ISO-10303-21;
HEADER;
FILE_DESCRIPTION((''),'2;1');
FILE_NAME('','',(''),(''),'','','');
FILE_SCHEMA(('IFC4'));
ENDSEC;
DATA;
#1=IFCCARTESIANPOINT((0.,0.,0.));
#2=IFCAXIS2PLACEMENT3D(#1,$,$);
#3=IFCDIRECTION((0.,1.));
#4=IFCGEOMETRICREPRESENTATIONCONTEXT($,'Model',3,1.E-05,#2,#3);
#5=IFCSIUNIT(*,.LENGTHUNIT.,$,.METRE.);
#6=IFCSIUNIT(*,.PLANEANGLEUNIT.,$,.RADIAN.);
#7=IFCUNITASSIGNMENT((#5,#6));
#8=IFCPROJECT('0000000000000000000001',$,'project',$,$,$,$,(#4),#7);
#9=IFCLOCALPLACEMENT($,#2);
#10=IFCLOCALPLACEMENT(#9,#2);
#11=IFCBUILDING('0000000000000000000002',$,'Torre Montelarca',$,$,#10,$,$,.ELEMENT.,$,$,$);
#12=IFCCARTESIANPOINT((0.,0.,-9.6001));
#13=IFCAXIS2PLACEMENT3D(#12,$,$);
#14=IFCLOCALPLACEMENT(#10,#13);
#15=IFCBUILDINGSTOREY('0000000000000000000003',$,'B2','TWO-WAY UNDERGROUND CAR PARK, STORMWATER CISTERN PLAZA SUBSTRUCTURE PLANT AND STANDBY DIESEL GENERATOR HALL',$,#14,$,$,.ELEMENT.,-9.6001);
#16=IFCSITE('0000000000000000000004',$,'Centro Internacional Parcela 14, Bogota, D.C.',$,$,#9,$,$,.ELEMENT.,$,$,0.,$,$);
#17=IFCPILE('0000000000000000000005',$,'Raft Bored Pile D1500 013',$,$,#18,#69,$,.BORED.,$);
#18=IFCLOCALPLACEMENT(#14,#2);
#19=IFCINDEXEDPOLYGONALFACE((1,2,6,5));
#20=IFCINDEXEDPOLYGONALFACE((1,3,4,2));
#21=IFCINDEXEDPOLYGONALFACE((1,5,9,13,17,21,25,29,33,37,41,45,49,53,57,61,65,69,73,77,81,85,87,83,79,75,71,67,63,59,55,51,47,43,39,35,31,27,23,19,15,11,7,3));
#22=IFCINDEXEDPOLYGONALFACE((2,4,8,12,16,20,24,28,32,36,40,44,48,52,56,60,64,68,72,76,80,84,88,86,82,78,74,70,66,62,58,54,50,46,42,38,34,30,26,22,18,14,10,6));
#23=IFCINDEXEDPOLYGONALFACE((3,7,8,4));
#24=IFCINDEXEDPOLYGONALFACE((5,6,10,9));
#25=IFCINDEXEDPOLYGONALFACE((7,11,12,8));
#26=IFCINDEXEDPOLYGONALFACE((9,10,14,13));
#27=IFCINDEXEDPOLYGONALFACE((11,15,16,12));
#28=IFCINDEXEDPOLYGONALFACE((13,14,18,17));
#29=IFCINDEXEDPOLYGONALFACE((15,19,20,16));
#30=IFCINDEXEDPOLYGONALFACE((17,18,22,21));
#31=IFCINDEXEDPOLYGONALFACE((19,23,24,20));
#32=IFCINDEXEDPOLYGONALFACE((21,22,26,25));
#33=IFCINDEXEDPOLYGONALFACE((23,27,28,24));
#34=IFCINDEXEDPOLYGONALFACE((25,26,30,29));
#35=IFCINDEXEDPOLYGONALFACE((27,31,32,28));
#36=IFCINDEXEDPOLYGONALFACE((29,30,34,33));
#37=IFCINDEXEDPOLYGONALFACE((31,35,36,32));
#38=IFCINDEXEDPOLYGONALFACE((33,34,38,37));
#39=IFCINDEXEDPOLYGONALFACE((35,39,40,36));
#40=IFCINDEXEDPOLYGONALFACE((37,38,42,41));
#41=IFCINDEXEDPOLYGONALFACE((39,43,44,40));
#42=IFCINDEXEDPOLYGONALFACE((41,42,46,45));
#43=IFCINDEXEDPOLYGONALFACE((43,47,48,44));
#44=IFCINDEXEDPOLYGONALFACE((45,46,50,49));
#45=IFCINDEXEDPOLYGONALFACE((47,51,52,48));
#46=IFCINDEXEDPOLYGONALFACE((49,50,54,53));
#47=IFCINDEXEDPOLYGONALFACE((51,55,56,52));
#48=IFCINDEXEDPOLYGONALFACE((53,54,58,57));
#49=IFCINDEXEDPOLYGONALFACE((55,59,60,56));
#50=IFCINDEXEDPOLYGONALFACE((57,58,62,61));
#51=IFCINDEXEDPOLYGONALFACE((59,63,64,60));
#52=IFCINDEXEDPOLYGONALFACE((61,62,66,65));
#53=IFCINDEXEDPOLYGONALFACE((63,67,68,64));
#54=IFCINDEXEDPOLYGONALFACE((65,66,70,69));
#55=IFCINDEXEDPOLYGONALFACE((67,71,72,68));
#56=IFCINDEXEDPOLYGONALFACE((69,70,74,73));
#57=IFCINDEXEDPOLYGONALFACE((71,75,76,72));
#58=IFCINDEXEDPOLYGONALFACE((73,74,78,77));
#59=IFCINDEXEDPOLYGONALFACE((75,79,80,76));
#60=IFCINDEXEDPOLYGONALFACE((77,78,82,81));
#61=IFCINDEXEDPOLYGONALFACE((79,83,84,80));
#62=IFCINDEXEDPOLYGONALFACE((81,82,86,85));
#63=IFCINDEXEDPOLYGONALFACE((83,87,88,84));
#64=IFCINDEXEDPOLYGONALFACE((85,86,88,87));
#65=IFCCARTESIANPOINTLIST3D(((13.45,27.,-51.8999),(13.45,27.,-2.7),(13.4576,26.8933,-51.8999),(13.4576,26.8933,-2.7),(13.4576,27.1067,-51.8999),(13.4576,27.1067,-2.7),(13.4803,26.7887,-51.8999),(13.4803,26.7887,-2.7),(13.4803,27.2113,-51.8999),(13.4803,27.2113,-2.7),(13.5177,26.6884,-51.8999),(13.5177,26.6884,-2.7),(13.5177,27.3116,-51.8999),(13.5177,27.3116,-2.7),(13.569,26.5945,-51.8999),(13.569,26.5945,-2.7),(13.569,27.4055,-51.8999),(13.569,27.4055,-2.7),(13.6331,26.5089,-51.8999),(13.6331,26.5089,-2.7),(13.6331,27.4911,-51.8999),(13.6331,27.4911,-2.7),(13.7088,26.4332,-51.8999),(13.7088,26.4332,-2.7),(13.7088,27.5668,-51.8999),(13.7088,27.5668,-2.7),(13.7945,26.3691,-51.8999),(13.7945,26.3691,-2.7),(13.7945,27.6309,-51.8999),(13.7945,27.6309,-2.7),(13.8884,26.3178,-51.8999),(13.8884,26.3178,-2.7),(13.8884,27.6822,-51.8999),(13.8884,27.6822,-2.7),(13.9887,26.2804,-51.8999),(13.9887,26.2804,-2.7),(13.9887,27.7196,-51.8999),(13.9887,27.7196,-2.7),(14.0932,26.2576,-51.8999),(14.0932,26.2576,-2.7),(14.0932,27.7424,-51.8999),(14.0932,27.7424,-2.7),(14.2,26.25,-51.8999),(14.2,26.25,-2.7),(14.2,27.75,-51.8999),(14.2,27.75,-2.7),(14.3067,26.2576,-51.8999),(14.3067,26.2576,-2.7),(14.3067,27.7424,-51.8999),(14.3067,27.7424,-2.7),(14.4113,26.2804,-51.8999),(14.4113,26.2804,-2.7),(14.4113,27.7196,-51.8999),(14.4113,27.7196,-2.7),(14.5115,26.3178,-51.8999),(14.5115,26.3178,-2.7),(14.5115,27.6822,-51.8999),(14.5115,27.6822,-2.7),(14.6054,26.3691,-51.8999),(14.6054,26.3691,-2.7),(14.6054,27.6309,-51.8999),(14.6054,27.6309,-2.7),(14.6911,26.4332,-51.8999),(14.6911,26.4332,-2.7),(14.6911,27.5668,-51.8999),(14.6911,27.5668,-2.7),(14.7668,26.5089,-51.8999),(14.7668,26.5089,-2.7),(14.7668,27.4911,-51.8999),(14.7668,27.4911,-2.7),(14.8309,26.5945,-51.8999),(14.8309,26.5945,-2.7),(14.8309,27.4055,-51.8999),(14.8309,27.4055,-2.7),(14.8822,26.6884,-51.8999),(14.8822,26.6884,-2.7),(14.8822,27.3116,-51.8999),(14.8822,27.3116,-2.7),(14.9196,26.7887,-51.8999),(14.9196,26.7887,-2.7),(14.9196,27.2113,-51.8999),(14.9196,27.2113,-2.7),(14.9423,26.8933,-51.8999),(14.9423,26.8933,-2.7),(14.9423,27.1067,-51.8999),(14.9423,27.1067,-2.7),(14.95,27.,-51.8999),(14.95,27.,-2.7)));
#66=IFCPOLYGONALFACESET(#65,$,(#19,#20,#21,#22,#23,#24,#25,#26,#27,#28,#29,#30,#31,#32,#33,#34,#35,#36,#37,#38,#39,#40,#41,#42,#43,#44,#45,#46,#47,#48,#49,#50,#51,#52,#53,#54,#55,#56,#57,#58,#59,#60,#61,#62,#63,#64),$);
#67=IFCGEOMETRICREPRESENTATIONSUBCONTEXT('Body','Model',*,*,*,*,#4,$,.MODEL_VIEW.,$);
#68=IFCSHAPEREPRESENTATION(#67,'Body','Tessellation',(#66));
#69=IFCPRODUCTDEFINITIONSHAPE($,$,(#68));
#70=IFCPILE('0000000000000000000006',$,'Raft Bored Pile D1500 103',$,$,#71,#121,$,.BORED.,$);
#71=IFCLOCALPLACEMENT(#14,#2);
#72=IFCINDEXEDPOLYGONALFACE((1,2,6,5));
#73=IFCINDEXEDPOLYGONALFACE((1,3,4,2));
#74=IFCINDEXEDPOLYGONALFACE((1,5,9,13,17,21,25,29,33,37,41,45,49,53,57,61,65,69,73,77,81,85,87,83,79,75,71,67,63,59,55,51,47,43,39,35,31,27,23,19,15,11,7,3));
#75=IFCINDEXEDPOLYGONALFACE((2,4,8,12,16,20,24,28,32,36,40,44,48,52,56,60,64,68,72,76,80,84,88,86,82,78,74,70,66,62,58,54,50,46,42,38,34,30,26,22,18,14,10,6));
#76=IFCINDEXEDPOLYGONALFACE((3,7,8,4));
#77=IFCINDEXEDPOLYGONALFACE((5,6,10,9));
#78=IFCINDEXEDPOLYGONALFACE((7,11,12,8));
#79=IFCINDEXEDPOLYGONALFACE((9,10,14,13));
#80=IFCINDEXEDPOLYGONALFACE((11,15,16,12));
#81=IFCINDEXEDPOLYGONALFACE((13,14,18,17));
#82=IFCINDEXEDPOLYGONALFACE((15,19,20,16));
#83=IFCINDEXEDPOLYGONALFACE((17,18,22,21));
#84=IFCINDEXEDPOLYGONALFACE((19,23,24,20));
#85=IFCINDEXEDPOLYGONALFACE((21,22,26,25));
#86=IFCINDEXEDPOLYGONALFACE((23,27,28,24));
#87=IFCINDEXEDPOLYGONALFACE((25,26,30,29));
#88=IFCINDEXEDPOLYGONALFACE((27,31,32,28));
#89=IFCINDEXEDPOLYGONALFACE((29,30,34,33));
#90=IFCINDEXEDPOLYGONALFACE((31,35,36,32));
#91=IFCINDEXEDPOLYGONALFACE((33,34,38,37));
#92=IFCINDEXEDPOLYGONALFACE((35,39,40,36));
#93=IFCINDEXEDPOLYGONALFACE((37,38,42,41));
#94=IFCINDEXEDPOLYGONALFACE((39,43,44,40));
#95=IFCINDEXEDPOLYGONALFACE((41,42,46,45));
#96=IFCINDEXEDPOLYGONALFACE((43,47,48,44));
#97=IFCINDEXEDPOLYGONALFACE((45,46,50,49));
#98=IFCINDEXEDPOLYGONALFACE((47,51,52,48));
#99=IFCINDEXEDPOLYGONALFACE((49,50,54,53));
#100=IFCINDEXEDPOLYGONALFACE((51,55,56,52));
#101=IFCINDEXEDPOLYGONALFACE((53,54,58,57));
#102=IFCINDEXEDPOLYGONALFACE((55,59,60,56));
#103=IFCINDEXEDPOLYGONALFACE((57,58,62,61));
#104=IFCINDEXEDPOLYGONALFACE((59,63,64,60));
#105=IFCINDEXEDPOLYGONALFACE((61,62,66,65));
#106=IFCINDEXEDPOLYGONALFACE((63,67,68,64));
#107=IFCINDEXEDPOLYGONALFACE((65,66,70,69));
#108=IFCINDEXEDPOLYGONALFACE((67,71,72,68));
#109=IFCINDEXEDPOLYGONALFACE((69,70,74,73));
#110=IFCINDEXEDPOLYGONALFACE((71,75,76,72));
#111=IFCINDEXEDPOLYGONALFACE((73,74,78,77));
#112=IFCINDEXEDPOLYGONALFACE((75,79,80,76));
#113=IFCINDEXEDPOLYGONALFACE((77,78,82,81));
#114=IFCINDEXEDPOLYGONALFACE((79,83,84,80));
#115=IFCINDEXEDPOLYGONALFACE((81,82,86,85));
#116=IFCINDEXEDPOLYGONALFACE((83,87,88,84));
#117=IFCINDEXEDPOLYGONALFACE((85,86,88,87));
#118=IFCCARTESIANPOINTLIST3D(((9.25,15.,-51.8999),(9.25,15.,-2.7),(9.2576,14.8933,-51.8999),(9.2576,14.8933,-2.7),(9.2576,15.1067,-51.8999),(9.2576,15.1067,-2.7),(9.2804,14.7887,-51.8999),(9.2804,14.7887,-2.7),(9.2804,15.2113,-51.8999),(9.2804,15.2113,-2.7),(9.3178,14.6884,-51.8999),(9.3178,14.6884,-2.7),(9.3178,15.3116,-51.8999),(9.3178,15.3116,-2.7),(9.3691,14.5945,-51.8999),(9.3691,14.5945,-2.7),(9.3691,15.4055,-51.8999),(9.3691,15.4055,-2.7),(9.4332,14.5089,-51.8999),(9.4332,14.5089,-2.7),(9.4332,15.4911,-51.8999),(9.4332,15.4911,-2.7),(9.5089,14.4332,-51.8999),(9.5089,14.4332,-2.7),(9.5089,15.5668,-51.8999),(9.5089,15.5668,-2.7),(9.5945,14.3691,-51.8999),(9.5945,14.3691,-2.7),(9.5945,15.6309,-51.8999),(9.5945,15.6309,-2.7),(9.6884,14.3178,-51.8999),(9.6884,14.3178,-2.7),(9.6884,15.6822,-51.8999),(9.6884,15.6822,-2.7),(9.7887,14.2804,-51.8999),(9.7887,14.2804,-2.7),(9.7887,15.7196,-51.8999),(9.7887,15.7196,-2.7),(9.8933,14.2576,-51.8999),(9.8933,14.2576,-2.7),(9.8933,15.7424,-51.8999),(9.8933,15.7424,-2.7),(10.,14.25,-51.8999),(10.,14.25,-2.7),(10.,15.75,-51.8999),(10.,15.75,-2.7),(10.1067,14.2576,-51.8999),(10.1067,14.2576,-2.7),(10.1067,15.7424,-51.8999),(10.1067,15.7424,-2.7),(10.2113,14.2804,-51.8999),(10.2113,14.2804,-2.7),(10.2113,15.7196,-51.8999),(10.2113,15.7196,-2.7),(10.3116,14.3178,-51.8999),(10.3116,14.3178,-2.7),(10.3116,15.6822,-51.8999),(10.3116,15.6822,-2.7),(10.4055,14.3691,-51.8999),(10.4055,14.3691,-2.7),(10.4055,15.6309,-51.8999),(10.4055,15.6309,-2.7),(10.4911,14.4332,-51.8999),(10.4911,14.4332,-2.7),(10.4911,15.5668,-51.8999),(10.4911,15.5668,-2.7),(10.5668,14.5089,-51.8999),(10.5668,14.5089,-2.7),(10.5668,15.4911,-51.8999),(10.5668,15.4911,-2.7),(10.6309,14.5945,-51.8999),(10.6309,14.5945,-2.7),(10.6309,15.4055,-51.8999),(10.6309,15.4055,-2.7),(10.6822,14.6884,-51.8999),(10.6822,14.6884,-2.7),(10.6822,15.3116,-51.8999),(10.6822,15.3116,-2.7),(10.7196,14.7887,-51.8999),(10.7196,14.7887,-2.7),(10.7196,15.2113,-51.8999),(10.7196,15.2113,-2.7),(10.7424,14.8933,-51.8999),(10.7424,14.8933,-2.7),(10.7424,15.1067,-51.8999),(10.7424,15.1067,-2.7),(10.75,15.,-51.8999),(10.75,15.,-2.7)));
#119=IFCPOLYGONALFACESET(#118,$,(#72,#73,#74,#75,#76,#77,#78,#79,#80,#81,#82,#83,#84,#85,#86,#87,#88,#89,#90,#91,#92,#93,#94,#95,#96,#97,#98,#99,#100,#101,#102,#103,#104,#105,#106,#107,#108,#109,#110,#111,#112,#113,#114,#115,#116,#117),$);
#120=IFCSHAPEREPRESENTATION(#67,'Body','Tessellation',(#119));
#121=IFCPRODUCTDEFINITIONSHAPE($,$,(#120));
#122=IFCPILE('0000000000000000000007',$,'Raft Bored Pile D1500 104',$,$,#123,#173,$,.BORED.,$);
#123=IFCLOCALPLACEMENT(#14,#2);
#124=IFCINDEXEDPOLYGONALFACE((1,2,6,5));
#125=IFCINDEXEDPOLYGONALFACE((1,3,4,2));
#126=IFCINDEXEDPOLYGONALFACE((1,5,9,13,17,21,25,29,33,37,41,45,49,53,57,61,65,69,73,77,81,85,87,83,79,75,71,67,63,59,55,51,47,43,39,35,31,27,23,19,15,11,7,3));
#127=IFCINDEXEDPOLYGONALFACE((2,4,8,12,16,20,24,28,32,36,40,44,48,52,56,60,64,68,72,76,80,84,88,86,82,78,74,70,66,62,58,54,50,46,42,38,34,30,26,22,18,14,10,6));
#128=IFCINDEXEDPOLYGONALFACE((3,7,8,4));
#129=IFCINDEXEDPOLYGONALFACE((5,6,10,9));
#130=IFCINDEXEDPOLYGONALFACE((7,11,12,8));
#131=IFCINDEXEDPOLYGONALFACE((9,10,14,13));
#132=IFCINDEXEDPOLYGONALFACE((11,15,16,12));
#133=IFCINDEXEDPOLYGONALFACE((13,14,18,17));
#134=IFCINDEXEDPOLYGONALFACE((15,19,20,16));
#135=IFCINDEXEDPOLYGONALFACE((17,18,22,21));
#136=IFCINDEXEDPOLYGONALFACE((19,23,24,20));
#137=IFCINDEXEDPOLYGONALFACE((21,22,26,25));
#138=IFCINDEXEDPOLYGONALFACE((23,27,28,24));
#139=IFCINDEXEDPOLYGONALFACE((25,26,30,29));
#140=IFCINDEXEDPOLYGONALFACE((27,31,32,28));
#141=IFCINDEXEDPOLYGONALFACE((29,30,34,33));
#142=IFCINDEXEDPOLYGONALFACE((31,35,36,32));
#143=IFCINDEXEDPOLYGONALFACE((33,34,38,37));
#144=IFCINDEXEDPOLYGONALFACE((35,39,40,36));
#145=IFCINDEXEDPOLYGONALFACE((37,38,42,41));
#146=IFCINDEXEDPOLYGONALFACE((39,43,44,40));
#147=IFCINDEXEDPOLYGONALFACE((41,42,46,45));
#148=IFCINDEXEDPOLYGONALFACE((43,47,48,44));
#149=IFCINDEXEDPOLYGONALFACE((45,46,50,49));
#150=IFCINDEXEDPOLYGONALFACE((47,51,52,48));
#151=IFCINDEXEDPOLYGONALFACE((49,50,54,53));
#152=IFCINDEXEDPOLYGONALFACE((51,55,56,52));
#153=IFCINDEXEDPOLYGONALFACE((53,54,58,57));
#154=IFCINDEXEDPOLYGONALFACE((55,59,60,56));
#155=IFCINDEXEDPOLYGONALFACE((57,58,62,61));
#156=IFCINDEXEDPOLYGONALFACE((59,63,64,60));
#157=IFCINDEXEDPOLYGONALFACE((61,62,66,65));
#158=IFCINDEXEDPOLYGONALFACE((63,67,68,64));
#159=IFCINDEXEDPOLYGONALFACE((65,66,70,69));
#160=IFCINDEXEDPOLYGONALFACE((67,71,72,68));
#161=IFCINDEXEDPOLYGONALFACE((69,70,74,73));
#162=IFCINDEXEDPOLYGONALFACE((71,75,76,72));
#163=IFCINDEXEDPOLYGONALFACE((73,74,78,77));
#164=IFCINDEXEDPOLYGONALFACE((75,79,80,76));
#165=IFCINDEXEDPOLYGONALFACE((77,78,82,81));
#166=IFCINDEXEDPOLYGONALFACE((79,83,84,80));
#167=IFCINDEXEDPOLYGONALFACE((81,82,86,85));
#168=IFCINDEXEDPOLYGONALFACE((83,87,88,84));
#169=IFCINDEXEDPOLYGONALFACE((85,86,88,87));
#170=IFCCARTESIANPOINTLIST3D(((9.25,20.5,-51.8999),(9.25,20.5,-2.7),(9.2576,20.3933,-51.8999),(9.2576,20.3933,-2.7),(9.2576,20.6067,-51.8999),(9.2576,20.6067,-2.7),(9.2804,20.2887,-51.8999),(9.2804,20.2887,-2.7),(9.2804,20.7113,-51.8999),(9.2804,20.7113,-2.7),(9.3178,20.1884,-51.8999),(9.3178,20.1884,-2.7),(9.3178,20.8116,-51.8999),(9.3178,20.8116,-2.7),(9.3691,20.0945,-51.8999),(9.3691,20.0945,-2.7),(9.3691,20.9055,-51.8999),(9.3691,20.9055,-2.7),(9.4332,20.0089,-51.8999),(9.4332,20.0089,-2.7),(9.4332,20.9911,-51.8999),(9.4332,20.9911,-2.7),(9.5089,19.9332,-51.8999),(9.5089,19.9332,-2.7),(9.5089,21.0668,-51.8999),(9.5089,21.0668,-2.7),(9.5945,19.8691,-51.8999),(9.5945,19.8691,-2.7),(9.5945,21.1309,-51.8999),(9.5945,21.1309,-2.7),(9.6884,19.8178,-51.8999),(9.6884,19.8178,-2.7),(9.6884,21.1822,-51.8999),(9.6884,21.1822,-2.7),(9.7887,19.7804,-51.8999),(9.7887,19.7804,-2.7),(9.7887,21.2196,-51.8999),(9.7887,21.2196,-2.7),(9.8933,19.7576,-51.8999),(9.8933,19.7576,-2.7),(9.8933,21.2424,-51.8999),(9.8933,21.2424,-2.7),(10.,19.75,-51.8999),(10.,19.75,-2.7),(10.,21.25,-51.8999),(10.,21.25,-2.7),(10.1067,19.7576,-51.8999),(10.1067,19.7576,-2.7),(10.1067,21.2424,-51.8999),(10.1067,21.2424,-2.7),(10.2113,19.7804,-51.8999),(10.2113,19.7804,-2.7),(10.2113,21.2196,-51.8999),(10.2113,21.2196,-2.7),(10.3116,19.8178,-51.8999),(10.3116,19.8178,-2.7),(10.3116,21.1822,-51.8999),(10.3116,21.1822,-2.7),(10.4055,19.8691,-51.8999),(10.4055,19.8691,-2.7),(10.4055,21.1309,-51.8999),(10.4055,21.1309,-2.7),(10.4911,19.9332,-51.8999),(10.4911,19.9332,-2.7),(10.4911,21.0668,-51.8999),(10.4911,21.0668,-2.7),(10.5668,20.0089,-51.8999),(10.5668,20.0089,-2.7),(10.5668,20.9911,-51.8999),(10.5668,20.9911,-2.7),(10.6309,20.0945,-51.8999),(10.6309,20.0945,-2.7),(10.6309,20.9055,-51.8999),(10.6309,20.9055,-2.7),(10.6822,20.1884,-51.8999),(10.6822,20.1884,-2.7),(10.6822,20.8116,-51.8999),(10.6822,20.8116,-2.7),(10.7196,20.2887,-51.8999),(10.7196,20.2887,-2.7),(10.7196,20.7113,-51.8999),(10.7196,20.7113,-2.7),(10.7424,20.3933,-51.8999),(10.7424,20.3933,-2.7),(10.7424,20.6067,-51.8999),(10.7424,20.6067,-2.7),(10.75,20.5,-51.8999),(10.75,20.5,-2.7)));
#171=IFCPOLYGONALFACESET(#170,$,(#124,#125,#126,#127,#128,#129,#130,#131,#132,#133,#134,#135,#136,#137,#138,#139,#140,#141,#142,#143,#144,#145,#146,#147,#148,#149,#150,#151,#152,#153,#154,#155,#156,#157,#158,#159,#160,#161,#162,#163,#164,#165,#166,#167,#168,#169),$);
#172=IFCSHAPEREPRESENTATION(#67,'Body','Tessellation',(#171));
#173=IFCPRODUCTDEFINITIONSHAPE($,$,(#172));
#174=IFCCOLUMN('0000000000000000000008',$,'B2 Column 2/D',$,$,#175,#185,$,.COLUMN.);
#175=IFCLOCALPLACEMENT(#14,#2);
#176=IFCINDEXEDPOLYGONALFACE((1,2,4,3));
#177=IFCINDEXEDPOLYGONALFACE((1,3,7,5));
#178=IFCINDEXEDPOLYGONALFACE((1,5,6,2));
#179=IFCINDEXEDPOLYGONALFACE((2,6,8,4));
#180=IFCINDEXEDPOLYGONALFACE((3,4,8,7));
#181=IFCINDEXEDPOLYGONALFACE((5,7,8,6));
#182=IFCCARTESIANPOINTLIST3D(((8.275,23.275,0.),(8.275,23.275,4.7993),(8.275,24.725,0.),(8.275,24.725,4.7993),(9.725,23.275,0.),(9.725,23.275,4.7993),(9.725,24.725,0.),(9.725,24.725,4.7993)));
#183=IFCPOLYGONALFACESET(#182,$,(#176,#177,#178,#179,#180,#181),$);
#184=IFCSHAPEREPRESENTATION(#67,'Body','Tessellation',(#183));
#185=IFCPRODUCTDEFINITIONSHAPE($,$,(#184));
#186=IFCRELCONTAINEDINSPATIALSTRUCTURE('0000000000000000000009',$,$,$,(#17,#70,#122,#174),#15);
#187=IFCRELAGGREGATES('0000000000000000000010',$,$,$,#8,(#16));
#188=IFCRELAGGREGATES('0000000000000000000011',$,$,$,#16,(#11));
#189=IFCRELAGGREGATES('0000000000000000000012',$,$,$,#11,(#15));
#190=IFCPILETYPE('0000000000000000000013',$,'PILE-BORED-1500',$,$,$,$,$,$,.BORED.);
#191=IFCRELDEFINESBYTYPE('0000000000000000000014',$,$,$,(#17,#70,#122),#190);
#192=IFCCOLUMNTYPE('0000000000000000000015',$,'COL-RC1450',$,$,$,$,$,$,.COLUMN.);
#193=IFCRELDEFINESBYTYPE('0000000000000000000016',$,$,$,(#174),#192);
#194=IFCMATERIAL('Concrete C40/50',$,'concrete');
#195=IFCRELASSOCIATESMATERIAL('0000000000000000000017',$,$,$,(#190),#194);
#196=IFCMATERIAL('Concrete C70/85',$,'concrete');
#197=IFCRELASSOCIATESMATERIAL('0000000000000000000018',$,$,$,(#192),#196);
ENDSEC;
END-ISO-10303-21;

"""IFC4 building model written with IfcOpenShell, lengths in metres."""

from ifc_helpers import new_model, si_unit, direction, frame, origin, origin_2d, place, context, subcontext, project, spatial, rectangle, circle, extrude, source, transform, mapped, material, material_profile, profile_set, type_object, element, save


model = new_model("IFC4")

# Units and contexts
model_context = context("Model", 3, precision=1e-05, world=origin(), true_north=direction((0.0, 1.0)))
body_context = subcontext(model_context, "Body", "Model", "MODEL_VIEW")
ifc_project = project(units=[si_unit("LENGTHUNIT", "METRE"), si_unit("PLANEANGLEUNIT", "RADIAN")], contexts=[model_context])

# Site, building, storey
site_placement = place(None, origin())
site = spatial("IfcSite", under=ifc_project, at=site_placement, Name="Centro Internacional Parcela 14, Bogota, D.C.", CompositionType="ELEMENT", RefElevation=0.0)
building_placement = place(site_placement, origin())
building = spatial("IfcBuilding", under=site, at=building_placement, Name="Torre Montelarca", CompositionType="ELEMENT")
storey_placement = place(building_placement, frame((0.0, 0.0, -9.6001)))
storey = spatial("IfcBuildingStorey", under=building, at=storey_placement, Name="B2", Description="TWO-WAY UNDERGROUND CAR PARK, STORMWATER CISTERN PLAZA SUBSTRUCTURE PLANT AND STANDBY DIESEL GENERATOR HALL", CompositionType="ELEMENT", Elevation=-9.6001)

# Piles
ifc_material_1 = material(Name="Concrete C40/50", Category="concrete")
ifc_material_profile_1 = material_profile(ifc_material_1, circle(Radius=0.75, at=origin_2d()), Name="PILE-D1500", Category="concrete")
ifc_profile_set_1 = profile_set([ifc_material_profile_1], Name="Concrete C40/50")
pile_type = type_object("IfcPileType", Name="PILE-BORED-1500", PredefinedType="BORED", material=ifc_profile_set_1)
shared_shape_1 = source(origin(), body_context, "Body", "SweptSolid", [
    extrude(circle(Radius=0.75, at=origin_2d()), origin(), (0.0, 0.0, 1.0), 49.2),
])
for number, where, z_axis, x_axis, name in (
    (1, (14.2, 27.0, -2.7), (0.0, 0.0, -1.0), (1.0, 0.0, 0.0), "Raft Bored Pile D1500 013"),
    (2, (10.0, 15.0, -2.7), (0.0, 0.0, -1.0), (1.0, 0.0, 0.0), "Raft Bored Pile D1500 103"),
    (3, (10.0, 20.5, -2.7), (0.0, 0.0, -1.0), (1.0, 0.0, 0.0), "Raft Bored Pile D1500 104"),
):
    element("IfcPile", number, at=place(storey_placement, frame(where, z_axis=z_axis, x_axis=x_axis)), inside=storey, type_object=pile_type, Name=name, PredefinedType="BORED", context=body_context, shape_type="MappedRepresentation", body=[
        mapped(shared_shape_1, transform((0.0, 0.0, 0.0), scale=1.0)),
    ])

# Column
ifc_material_2 = material(Name="Concrete C70/85", Category="concrete")
ifc_material_profile_2 = material_profile(ifc_material_2, rectangle(XDim=1.45, YDim=1.45, at=origin_2d()), Name="RC1450X1450", Category="concrete")
ifc_profile_set_2 = profile_set([ifc_material_profile_2], Name="Concrete C70/85")
column_type = type_object("IfcColumnType", Name="COL-RC1450", PredefinedType="COLUMN", material=ifc_profile_set_2)
shared_shape_2 = source(origin(), body_context, "Body", "SweptSolid", [
    extrude(rectangle(XDim=1.45, YDim=1.45, at=origin_2d()), origin(), (0.0, 0.0, 1.0), 4.7993),
])
column_placement = place(storey_placement, frame((9.0, 24.0, 0.0), z_axis=(0.0, 0.0, 1.0), x_axis=(1.0, 0.0, 0.0)))
element("IfcColumn", 4, at=column_placement, inside=storey, type_object=column_type, Name="B2 Column 2/D", PredefinedType="COLUMN", context=body_context, shape_type="MappedRepresentation", body=[
    mapped(shared_shape_2, transform((0.0, 0.0, 0.0), scale=1.0)),
])

save(model, "model.ifc")
